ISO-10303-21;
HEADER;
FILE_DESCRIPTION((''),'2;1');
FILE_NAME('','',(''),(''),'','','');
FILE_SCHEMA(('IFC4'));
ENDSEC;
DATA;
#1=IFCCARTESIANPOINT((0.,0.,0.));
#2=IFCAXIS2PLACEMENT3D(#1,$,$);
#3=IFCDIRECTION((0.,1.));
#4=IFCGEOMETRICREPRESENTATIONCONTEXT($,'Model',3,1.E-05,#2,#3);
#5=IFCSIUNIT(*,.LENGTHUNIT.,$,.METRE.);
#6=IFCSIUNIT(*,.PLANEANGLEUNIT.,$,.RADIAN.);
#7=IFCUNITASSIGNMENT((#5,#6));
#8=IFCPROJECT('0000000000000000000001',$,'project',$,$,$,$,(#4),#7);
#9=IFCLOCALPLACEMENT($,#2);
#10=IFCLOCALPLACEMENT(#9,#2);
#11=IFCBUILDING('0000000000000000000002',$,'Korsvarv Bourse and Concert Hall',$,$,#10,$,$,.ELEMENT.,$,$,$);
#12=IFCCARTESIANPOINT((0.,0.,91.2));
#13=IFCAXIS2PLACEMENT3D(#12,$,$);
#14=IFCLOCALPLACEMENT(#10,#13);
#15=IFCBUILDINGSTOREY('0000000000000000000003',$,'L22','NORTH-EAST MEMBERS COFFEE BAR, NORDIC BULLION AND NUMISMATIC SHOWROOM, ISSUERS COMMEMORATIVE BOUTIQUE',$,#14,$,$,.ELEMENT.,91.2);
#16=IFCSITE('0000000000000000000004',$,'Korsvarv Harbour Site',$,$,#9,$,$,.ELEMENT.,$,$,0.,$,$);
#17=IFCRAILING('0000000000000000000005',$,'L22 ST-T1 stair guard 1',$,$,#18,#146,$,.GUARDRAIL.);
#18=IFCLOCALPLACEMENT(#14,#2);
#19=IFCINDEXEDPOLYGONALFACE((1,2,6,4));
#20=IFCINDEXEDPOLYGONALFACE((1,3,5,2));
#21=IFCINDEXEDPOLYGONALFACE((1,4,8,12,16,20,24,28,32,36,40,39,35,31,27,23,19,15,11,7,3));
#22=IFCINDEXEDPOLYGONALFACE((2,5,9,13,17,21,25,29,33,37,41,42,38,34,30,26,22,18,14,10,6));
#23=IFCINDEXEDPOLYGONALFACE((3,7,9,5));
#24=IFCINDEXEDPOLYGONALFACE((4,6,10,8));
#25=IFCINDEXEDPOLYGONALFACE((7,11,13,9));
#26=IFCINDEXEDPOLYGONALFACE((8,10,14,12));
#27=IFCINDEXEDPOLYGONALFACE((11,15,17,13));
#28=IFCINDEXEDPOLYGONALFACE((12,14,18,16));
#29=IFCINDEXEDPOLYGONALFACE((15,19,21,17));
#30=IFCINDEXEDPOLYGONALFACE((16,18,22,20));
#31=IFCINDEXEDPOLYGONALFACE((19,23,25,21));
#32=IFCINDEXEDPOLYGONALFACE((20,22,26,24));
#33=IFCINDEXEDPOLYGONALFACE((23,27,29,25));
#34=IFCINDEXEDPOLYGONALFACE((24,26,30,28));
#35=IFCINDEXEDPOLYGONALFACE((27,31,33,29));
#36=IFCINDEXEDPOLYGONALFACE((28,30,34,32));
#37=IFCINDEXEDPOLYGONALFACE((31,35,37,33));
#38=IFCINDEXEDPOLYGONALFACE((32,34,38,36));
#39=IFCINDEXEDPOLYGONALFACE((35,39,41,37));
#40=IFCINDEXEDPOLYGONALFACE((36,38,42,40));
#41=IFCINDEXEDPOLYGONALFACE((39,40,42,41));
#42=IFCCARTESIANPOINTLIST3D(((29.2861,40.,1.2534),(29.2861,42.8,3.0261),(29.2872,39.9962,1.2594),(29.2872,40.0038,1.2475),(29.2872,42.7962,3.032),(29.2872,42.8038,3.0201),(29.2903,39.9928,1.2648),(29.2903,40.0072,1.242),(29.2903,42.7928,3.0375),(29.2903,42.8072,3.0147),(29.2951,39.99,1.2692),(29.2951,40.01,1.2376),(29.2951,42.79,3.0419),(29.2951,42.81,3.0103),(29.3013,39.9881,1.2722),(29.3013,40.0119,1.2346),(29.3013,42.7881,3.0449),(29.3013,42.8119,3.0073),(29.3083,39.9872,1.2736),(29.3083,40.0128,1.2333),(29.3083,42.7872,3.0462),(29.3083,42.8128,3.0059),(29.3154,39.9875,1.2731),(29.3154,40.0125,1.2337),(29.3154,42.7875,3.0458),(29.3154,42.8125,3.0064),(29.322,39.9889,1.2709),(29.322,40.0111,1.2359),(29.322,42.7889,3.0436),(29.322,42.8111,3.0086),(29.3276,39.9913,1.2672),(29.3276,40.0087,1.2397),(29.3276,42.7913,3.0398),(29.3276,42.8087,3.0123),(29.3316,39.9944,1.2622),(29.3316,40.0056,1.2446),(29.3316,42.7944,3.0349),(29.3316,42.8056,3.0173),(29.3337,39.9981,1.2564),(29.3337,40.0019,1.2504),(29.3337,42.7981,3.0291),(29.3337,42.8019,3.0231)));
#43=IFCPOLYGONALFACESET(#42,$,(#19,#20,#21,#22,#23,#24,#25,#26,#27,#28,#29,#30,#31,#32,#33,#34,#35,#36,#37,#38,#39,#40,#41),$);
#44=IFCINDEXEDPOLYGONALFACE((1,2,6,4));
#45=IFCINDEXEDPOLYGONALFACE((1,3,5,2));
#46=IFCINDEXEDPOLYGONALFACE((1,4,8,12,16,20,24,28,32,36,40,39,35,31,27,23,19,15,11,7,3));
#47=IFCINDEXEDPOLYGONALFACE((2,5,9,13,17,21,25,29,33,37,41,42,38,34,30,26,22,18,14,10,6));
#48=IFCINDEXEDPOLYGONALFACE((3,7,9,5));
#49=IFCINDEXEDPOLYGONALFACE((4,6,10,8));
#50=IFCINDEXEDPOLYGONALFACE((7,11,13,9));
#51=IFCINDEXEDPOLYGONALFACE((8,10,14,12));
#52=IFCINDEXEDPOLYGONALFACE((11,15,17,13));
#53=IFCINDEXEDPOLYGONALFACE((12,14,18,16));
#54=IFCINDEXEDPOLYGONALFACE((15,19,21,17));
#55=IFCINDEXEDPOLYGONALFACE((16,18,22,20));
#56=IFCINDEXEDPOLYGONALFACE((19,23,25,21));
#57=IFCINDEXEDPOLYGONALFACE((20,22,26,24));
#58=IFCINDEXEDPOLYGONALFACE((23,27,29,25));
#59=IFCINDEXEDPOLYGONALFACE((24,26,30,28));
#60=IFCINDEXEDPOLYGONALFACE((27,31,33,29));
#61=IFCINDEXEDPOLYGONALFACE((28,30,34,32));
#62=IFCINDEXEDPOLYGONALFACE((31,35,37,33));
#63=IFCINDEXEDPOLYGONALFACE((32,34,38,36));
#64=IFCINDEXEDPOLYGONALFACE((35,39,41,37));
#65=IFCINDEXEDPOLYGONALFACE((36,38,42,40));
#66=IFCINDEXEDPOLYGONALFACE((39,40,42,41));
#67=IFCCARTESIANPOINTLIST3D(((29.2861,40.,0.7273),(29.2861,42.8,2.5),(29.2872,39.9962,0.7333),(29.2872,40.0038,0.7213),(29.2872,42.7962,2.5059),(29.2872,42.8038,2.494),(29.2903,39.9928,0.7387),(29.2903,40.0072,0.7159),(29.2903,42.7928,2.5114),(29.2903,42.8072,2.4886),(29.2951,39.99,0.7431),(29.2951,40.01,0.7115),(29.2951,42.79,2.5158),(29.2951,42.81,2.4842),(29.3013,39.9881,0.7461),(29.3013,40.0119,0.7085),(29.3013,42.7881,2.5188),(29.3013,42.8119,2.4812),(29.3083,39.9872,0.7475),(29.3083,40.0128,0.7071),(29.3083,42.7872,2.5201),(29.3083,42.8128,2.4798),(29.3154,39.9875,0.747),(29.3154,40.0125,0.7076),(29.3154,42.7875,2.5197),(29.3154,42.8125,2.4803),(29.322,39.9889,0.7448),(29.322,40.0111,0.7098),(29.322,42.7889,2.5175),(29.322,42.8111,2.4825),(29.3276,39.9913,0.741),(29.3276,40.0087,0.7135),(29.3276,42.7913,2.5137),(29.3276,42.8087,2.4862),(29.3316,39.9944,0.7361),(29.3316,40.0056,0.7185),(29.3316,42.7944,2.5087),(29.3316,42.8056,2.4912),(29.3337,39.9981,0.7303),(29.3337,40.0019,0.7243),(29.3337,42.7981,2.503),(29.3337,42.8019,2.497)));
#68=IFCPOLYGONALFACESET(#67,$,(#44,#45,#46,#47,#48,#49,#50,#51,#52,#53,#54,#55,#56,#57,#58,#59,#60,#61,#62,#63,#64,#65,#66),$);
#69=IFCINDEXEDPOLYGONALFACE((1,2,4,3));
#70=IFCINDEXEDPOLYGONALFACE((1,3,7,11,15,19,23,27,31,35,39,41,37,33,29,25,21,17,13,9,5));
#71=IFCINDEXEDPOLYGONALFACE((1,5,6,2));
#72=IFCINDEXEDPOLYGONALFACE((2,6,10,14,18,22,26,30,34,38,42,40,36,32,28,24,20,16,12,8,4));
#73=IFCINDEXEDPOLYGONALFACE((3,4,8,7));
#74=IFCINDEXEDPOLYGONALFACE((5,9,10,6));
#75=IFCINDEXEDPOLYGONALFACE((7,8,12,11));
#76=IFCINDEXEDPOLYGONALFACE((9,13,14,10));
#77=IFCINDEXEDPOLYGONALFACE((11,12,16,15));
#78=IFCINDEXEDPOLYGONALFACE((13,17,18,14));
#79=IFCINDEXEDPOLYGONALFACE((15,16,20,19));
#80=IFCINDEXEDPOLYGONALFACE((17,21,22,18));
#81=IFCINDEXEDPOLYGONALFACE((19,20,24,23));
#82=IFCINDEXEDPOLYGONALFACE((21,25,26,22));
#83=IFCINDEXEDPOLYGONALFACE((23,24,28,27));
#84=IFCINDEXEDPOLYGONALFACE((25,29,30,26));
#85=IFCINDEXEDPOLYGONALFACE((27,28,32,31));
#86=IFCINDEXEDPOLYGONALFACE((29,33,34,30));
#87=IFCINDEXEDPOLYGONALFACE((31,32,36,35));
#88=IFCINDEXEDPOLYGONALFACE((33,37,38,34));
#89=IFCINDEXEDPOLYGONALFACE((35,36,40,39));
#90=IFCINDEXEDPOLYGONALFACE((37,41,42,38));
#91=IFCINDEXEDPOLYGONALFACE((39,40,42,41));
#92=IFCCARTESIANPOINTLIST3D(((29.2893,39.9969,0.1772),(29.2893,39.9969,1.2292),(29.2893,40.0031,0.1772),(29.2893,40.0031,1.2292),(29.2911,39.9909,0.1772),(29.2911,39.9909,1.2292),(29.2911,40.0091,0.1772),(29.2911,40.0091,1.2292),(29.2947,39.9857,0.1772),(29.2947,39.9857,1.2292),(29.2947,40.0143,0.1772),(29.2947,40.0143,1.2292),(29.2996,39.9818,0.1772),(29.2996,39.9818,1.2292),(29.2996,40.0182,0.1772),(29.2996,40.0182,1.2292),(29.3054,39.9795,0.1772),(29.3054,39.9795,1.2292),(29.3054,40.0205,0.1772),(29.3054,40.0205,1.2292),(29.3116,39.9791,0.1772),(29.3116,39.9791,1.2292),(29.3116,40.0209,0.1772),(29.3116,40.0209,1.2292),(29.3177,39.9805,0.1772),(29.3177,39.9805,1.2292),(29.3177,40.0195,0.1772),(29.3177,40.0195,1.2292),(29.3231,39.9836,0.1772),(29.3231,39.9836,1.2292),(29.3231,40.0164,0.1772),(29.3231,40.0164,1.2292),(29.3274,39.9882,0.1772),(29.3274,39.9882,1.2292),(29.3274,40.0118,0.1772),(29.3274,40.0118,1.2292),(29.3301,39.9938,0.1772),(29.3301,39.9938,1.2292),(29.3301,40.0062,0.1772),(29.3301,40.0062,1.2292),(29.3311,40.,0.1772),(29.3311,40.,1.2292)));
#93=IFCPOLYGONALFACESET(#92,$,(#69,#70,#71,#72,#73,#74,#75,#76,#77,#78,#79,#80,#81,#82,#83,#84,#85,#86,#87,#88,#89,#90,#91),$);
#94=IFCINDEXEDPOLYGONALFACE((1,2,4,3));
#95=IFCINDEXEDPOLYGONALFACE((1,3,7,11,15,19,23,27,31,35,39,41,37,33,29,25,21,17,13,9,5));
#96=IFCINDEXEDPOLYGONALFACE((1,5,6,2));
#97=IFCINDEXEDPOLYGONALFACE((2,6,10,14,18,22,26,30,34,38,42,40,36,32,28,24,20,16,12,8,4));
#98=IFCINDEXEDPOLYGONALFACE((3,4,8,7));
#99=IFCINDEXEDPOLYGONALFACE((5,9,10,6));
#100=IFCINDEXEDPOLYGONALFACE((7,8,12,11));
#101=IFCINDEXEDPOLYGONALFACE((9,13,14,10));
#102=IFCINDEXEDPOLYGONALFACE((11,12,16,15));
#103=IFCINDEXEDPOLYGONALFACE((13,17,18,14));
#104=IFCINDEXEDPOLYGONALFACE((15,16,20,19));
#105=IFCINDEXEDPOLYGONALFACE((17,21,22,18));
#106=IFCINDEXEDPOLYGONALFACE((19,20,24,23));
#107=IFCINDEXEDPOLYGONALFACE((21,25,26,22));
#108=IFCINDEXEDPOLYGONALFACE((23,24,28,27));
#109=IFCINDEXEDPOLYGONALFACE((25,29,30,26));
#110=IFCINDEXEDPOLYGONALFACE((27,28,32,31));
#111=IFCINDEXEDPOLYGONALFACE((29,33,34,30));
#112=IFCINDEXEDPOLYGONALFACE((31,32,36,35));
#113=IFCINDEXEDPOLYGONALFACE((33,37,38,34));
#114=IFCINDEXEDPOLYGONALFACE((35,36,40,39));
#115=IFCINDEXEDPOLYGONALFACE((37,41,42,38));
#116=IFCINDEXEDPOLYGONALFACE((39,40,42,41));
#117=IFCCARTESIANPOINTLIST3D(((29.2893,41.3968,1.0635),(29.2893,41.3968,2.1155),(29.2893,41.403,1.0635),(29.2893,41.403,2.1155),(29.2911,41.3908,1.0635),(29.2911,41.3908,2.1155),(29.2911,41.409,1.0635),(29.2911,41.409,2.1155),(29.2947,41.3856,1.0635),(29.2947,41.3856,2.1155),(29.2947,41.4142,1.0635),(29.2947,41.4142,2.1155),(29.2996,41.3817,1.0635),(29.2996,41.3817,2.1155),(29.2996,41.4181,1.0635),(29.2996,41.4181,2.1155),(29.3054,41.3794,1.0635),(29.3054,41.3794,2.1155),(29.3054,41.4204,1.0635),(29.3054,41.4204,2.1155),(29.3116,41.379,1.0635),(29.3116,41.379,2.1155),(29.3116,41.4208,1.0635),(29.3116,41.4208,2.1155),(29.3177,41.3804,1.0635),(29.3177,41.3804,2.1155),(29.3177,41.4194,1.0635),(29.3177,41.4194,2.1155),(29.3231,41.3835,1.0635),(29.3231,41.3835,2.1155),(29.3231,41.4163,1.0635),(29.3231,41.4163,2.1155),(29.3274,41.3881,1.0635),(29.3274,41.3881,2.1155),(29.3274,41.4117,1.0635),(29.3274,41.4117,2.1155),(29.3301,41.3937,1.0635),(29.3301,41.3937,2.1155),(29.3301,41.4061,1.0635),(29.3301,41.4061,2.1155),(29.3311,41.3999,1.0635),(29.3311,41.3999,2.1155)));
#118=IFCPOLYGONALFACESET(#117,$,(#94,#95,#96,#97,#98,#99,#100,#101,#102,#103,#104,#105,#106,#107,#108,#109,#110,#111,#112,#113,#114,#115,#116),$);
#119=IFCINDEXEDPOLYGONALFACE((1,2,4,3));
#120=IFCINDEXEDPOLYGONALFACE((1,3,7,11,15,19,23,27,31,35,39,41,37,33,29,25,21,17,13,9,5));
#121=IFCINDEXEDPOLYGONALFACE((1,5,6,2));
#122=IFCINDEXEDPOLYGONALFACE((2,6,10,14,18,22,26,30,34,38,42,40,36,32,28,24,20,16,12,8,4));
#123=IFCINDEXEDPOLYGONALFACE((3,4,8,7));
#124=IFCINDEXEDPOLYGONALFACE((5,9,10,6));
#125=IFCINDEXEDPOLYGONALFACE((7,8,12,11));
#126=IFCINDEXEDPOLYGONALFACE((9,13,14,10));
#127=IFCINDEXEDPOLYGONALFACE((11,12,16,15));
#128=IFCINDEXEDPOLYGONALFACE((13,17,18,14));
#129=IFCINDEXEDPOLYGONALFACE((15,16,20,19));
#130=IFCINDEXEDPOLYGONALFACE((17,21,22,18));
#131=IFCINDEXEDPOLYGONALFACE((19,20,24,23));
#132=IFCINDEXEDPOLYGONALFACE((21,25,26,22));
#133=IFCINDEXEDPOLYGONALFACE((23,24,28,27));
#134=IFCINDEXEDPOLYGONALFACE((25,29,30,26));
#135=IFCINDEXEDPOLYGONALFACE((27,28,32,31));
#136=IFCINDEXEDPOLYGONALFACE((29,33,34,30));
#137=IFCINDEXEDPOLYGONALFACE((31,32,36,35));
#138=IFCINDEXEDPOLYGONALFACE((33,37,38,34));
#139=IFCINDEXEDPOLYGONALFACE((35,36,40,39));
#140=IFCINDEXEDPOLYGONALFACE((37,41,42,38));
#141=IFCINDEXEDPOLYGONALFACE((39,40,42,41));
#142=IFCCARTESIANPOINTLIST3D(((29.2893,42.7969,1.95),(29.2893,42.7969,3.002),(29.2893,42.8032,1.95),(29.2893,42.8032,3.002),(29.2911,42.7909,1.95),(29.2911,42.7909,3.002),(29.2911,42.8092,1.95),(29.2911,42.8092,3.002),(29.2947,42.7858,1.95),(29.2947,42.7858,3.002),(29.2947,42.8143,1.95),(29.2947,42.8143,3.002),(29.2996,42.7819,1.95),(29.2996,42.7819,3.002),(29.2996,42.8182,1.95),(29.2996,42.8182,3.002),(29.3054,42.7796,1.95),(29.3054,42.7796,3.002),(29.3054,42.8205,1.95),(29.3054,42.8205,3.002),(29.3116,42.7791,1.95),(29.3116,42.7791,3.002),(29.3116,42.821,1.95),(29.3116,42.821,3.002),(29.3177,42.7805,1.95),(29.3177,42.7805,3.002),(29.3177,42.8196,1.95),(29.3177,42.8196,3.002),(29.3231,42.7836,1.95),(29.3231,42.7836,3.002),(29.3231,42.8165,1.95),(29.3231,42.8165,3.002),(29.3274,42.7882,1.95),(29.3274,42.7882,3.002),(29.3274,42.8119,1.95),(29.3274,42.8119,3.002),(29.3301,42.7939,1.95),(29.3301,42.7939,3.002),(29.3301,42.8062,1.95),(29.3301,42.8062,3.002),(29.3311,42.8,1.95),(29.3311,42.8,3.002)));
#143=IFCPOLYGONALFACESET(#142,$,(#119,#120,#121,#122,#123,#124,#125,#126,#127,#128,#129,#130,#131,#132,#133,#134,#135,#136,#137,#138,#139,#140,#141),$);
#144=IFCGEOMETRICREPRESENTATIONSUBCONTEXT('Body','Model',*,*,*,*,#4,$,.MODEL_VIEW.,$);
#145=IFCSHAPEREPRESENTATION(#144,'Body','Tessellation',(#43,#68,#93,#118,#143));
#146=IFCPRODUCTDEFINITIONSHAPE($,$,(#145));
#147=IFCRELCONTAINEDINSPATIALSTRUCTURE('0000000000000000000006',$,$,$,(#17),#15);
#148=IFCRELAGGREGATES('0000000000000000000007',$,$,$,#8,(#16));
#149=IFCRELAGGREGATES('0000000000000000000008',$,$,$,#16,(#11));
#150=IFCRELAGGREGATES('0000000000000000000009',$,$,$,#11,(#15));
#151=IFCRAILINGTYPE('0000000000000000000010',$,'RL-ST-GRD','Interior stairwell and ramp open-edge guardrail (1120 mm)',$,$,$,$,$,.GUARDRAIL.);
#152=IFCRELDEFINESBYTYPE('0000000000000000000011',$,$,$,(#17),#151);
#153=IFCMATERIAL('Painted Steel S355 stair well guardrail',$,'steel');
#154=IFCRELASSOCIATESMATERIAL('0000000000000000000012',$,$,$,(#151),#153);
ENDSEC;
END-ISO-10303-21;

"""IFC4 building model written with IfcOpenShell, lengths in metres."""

from ifc_helpers import new_model, si_unit, direction, frame, origin, origin_2d, place, context, subcontext, project, spatial, circle, extrude, material, type_object, element, save


model = new_model("IFC4")

# Units and contexts
model_context = context("Model", 3, precision=1e-05, world=origin(), true_north=direction((0.0, 1.0)))
body_context = subcontext(model_context, "Body", "Model", "MODEL_VIEW")
ifc_project = project(units=[si_unit("LENGTHUNIT", "METRE"), si_unit("PLANEANGLEUNIT", "RADIAN")], contexts=[model_context])

# Site, building, storey
site_placement = place(None, origin())
site = spatial("IfcSite", under=ifc_project, at=site_placement, Name="Korsvarv Harbour Site", CompositionType="ELEMENT", RefElevation=0.0)
building_placement = place(site_placement, origin())
building = spatial("IfcBuilding", under=site, at=building_placement, Name="Korsvarv Bourse and Concert Hall", CompositionType="ELEMENT")
storey_placement = place(building_placement, frame((0.0, 0.0, 91.2)))
storey = spatial("IfcBuildingStorey", under=building, at=storey_placement, Name="L22", Description="NORTH-EAST MEMBERS COFFEE BAR, NORDIC BULLION AND NUMISMATIC SHOWROOM, ISSUERS COMMEMORATIVE BOUTIQUE", CompositionType="ELEMENT", Elevation=91.2)

# Railing
ifc_material_1 = material(Name="Painted Steel S355 stair well guardrail", Category="steel")
railing_type = type_object("IfcRailingType", Name="RL-ST-GRD", Description="Interior stairwell and ramp open-edge guardrail (1120 mm)", PredefinedType="GUARDRAIL", material=ifc_material_1)
railing_1_placement = place(storey_placement, frame((29.3101, 40.0, 0.1772)))
element("IfcRailing", 1, at=railing_1_placement, inside=storey, type_object=railing_type, Name="L22 ST-T1 stair guard 1", PredefinedType="GUARDRAIL", context=body_context, shape_type="SweptSolid", body=[
    extrude(circle(Radius=0.0239, at=origin_2d()), frame((0.0, 0.0, 1.0762), z_axis=(0.0, 0.844909, 0.53491), x_axis=(-1.0, 0.0, 0.0)), (0.0, 0.0, 1.0), 3.314),
    extrude(circle(Radius=0.0239, at=origin_2d()), frame((0.0, 0.0, 0.55), z_axis=(0.0, 0.844909, 0.53491), x_axis=(-1.0, 0.0, 0.0)), (0.0, 0.0, 1.0), 3.314),
    extrude(circle(Radius=0.021, at=origin_2d()), origin(), (0.0, 0.0, 1.0), 1.052),
    extrude(circle(Radius=0.021, at=origin_2d()), frame((0.0, 1.3999, 0.8862)), (0.0, 0.0, 1.0), 1.052),
    extrude(circle(Radius=0.021, at=origin_2d()), frame((0.0, 2.8, 1.7727)), (0.0, 0.0, 1.0), 1.052),
])

save(model, "model.ifc")
